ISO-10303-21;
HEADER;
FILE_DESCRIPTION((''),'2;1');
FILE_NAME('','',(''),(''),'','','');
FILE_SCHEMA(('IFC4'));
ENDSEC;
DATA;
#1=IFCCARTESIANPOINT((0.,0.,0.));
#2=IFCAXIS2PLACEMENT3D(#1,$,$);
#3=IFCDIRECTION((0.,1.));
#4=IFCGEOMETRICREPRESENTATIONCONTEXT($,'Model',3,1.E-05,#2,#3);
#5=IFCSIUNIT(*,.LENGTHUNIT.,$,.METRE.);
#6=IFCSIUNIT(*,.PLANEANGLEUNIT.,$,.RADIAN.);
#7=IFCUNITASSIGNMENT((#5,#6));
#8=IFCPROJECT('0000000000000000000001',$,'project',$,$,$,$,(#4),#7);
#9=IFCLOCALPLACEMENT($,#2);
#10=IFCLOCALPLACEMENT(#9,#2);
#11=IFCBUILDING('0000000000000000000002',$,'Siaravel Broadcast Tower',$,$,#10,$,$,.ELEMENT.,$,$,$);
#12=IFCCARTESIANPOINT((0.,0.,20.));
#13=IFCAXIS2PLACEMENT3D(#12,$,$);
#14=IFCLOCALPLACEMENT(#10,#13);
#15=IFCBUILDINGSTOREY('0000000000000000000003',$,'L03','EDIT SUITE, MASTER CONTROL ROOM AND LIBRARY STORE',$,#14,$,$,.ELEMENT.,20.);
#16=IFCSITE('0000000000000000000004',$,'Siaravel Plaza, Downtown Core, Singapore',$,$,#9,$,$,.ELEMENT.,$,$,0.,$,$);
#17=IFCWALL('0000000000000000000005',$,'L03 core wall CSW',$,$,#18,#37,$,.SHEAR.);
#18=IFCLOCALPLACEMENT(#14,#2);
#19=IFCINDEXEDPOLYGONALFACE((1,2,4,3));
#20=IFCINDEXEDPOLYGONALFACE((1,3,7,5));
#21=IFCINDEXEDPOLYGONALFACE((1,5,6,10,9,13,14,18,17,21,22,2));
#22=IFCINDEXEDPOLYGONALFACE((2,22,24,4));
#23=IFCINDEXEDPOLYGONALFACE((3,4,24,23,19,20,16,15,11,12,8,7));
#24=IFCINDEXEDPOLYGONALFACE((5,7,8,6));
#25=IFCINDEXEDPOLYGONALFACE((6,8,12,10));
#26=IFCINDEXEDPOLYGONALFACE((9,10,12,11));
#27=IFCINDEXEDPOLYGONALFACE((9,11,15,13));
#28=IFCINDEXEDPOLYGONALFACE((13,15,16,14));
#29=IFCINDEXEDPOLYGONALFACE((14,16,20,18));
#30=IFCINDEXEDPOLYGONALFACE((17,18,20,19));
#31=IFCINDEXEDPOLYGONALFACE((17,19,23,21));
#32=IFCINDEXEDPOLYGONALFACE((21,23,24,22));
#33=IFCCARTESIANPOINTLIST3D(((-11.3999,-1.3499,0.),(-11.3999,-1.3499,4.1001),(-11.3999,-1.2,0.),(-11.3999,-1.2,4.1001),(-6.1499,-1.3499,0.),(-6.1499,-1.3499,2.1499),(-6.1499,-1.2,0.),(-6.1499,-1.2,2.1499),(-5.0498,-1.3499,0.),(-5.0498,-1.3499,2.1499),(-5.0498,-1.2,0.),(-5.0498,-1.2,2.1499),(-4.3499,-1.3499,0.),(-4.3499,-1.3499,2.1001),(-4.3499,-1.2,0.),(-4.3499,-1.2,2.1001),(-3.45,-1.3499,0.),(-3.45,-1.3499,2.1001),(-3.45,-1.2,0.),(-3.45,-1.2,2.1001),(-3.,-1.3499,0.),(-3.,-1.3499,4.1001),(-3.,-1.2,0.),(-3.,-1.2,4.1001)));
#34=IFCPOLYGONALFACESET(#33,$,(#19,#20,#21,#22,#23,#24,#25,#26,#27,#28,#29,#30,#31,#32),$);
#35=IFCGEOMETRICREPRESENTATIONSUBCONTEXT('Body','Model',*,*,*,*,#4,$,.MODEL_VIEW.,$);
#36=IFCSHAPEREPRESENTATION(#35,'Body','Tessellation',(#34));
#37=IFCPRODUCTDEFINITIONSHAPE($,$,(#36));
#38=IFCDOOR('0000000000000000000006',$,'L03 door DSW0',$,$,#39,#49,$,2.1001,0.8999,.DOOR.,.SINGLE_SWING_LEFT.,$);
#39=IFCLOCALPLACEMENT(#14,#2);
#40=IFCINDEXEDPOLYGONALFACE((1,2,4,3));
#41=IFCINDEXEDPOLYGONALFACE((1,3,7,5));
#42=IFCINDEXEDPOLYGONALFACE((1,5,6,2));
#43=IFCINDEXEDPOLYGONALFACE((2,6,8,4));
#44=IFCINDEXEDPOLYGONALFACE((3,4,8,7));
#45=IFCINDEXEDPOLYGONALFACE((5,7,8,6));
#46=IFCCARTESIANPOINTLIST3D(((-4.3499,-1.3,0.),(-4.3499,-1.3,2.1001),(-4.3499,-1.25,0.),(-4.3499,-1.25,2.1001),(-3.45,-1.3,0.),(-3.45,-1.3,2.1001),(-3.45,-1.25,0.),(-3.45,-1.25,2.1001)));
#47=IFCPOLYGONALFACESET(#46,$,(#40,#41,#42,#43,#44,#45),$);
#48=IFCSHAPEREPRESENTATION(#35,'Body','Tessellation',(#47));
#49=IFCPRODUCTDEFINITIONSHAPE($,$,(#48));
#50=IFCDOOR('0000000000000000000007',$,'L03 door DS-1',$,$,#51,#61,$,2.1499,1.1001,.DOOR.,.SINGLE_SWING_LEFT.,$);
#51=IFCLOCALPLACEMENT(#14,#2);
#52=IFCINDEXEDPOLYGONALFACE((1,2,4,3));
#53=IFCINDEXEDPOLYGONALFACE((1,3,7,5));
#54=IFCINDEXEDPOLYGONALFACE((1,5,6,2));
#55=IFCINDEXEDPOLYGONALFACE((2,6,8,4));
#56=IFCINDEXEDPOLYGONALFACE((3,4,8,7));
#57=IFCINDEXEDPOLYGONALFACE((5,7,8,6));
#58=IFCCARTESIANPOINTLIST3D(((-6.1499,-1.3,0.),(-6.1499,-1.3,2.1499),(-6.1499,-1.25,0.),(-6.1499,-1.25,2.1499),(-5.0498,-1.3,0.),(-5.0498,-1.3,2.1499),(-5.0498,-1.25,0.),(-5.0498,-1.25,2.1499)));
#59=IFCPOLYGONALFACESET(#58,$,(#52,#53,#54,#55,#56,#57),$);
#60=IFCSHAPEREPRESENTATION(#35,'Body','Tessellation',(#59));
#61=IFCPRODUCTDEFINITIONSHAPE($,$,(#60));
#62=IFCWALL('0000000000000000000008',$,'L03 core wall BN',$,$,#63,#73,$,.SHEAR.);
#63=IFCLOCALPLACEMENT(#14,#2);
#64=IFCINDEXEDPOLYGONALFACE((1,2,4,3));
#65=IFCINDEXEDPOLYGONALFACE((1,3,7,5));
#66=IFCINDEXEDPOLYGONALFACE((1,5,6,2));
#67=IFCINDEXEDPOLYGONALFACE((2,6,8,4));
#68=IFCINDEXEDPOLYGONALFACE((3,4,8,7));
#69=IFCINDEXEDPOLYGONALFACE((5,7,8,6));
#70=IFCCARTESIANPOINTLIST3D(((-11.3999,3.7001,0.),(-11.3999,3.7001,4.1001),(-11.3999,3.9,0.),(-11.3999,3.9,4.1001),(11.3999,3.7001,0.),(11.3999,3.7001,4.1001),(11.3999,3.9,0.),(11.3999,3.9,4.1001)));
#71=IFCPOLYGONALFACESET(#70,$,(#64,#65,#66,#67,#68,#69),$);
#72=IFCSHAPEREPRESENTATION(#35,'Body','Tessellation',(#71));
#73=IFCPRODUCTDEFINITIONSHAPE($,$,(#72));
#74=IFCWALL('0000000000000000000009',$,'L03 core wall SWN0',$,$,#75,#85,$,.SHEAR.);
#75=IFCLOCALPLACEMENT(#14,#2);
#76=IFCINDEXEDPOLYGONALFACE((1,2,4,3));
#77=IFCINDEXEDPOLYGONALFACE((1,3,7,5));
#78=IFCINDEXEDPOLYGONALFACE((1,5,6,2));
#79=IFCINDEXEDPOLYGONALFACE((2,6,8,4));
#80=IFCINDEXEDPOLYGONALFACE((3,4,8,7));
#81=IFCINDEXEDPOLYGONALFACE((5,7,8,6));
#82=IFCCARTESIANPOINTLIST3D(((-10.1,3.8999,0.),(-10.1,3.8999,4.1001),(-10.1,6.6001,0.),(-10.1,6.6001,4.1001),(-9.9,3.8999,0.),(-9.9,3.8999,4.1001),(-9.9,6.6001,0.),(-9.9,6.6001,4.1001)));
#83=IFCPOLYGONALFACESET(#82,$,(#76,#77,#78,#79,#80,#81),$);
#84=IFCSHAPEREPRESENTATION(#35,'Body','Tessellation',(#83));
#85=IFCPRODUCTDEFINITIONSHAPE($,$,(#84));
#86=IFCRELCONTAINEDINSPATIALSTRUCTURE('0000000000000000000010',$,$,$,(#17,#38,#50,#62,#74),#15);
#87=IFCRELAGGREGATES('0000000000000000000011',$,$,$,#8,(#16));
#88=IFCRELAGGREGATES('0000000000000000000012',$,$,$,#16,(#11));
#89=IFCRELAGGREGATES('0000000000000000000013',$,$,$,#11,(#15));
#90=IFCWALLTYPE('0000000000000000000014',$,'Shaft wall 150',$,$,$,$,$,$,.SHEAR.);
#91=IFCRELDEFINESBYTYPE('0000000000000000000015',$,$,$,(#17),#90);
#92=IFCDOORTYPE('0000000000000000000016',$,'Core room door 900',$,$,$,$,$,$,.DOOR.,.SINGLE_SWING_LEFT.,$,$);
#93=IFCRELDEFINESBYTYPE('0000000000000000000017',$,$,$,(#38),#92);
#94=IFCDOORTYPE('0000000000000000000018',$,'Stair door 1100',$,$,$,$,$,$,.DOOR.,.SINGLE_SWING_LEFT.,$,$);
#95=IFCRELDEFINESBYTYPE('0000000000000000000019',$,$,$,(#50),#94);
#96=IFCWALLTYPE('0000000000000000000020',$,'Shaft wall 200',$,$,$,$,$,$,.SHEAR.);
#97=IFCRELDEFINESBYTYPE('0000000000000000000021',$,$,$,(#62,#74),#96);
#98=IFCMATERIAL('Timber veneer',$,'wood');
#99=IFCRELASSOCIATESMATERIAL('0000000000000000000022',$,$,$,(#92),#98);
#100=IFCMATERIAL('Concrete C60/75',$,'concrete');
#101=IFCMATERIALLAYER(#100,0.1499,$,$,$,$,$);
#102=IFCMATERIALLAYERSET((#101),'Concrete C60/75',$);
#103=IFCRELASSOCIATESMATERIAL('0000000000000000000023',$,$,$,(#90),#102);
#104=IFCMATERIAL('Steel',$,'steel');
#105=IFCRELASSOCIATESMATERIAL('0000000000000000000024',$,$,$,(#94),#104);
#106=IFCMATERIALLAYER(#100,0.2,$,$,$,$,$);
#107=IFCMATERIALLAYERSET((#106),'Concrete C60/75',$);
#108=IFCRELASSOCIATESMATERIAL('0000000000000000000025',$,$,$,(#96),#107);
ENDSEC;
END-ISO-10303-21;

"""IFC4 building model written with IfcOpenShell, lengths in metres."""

from ifc_helpers import new_model, si_unit, direction, frame, frame_2d, origin, place, context, subcontext, project, spatial, rectangle, extrude, material, layer, layer_set, type_object, element, fill, save


model = new_model("IFC4")

# Units and contexts
model_context = context("Model", 3, precision=1e-05, world=origin(), true_north=direction((0.0, 1.0)))
body_context = subcontext(model_context, "Body", "Model", "MODEL_VIEW")
ifc_project = project(units=[si_unit("LENGTHUNIT", "METRE"), si_unit("PLANEANGLEUNIT", "RADIAN")], contexts=[model_context])

# Site, building, storey
site_placement = place(None, origin())
site = spatial("IfcSite", under=ifc_project, at=site_placement, Name="Siaravel Plaza, Downtown Core, Singapore", CompositionType="ELEMENT", RefElevation=0.0)
building_placement = place(site_placement, origin())
building = spatial("IfcBuilding", under=site, at=building_placement, Name="Siaravel Broadcast Tower", CompositionType="ELEMENT")
storey_placement = place(building_placement, frame((0.0, 0.0, 20.0)))
storey = spatial("IfcBuildingStorey", under=building, at=storey_placement, Name="L03", Description="EDIT SUITE, MASTER CONTROL ROOM AND LIBRARY STORE", CompositionType="ELEMENT", Elevation=20.0)

# Shared definitions
ifc_material_1 = material(Name="Concrete C60/75", Category="concrete")
ifc_material_2 = material(Name="Timber veneer", Category="wood")
door_type_1 = type_object("IfcDoorType", Name="Core room door 900", OperationType="SINGLE_SWING_LEFT", PredefinedType="DOOR", material=ifc_material_2)
ifc_material_3 = material(Name="Steel", Category="steel")

# Wall, openings, doors
ifc_layer_1 = layer(ifc_material_1, 0.1499)
ifc_layer_set_1 = layer_set([ifc_layer_1], Name="Concrete C60/75")
wall_type_1 = type_object("IfcWallType", Name="Shaft wall 150", PredefinedType="SHEAR", material=ifc_layer_set_1)
wall_1_placement = place(storey_placement, frame((-11.3999, -1.2749, 0.0), z_axis=(0.0, 0.0, 1.0), x_axis=(1.0, 0.0, 0.0)))
wall_1 = element("IfcWall", 1, at=wall_1_placement, inside=storey, type_object=wall_type_1, Name="L03 core wall CSW", PredefinedType="SHEAR", context=body_context, shape_type="SweptSolid", body=[
    extrude(rectangle(XDim=8.3999, YDim=0.1499, at=frame_2d((4.2, 0.0))), origin(), (0.0, 0.0, 1.0), 4.1001),
])
opening_1_placement = place(wall_1_placement, frame((5.25, 0.0, 0.0)))
opening_1 = element("IfcOpeningElement", 2, at=opening_1_placement, cuts=wall_1, PredefinedType="OPENING", context=body_context, shape_type="SweptSolid", body=[
    extrude(rectangle(XDim=1.1001, YDim=2.1499, at=frame_2d((0.55, 1.075))), frame((0.0, 0.085, 0.0), z_axis=(0.0, -1.0, 0.0), x_axis=(1.0, 0.0, 0.0)), (0.0, 0.0, 1.0), 0.1699),
])
opening_2_placement = place(wall_1_placement, frame((7.05, 0.0, 0.0)))
opening_2 = element("IfcOpeningElement", 3, at=opening_2_placement, cuts=wall_1, PredefinedType="OPENING", context=body_context, shape_type="SweptSolid", body=[
    extrude(rectangle(XDim=0.8999, YDim=2.1001, at=frame_2d((0.45, 1.05))), frame((0.0, 0.085, 0.0), z_axis=(0.0, -1.0, 0.0), x_axis=(1.0, 0.0, 0.0)), (0.0, 0.0, 1.0), 0.1699),
])
door_1_placement = place(opening_2_placement, origin())
door_1 = element("IfcDoor", 4, at=door_1_placement, inside=storey, type_object=door_type_1, Name="L03 door DSW0", OperationType="SINGLE_SWING_LEFT", OverallHeight=2.1001, OverallWidth=0.8999, PredefinedType="DOOR", context=body_context, shape_type="SweptSolid", body=[
    extrude(rectangle(XDim=0.8999, YDim=2.1001, at=frame_2d((0.45, 1.05))), frame((0.0, 0.0249, 0.0), z_axis=(0.0, -1.0, 0.0), x_axis=(1.0, 0.0, 0.0)), (0.0, 0.0, 1.0), 0.05),
])
fill(opening_2, door_1)
door_type_2 = type_object("IfcDoorType", Name="Stair door 1100", OperationType="SINGLE_SWING_LEFT", PredefinedType="DOOR", material=ifc_material_3)
door_2_placement = place(opening_1_placement, origin())
door_2 = element("IfcDoor", 5, at=door_2_placement, inside=storey, type_object=door_type_2, Name="L03 door DS-1", OperationType="SINGLE_SWING_LEFT", OverallHeight=2.1499, OverallWidth=1.1001, PredefinedType="DOOR", context=body_context, shape_type="SweptSolid", body=[
    extrude(rectangle(XDim=1.1001, YDim=2.1499, at=frame_2d((0.55, 1.075))), frame((0.0, 0.0249, 0.0), z_axis=(0.0, -1.0, 0.0), x_axis=(1.0, 0.0, 0.0)), (0.0, 0.0, 1.0), 0.05),
])
fill(opening_1, door_2)

# Walls
ifc_layer_2 = layer(ifc_material_1, 0.2)
ifc_layer_set_2 = layer_set([ifc_layer_2], Name="Concrete C60/75")
wall_type_2 = type_object("IfcWallType", Name="Shaft wall 200", PredefinedType="SHEAR", material=ifc_layer_set_2)
wall_2_placement = place(storey_placement, frame((-11.3999, 3.8, 0.0), z_axis=(0.0, 0.0, 1.0), x_axis=(1.0, 0.0, 0.0)))
element("IfcWall", 6, at=wall_2_placement, inside=storey, type_object=wall_type_2, Name="L03 core wall BN", PredefinedType="SHEAR", context=body_context, shape_type="SweptSolid", body=[
    extrude(rectangle(XDim=22.7998, YDim=0.2, at=frame_2d((11.3999, 0.0))), origin(), (0.0, 0.0, 1.0), 4.1001),
])
wall_3_placement = place(storey_placement, frame((-10.0, 3.8999, 0.0), z_axis=(0.0, 0.0, 1.0), x_axis=(0.0, 1.0, 0.0)))
element("IfcWall", 7, at=wall_3_placement, inside=storey, type_object=wall_type_2, Name="L03 core wall SWN0", PredefinedType="SHEAR", context=body_context, shape_type="SweptSolid", body=[
    extrude(rectangle(XDim=2.7002, YDim=0.2, at=frame_2d((1.3501, 0.0))), origin(), (0.0, 0.0, 1.0), 4.1001),
])

save(model, "model.ifc")
